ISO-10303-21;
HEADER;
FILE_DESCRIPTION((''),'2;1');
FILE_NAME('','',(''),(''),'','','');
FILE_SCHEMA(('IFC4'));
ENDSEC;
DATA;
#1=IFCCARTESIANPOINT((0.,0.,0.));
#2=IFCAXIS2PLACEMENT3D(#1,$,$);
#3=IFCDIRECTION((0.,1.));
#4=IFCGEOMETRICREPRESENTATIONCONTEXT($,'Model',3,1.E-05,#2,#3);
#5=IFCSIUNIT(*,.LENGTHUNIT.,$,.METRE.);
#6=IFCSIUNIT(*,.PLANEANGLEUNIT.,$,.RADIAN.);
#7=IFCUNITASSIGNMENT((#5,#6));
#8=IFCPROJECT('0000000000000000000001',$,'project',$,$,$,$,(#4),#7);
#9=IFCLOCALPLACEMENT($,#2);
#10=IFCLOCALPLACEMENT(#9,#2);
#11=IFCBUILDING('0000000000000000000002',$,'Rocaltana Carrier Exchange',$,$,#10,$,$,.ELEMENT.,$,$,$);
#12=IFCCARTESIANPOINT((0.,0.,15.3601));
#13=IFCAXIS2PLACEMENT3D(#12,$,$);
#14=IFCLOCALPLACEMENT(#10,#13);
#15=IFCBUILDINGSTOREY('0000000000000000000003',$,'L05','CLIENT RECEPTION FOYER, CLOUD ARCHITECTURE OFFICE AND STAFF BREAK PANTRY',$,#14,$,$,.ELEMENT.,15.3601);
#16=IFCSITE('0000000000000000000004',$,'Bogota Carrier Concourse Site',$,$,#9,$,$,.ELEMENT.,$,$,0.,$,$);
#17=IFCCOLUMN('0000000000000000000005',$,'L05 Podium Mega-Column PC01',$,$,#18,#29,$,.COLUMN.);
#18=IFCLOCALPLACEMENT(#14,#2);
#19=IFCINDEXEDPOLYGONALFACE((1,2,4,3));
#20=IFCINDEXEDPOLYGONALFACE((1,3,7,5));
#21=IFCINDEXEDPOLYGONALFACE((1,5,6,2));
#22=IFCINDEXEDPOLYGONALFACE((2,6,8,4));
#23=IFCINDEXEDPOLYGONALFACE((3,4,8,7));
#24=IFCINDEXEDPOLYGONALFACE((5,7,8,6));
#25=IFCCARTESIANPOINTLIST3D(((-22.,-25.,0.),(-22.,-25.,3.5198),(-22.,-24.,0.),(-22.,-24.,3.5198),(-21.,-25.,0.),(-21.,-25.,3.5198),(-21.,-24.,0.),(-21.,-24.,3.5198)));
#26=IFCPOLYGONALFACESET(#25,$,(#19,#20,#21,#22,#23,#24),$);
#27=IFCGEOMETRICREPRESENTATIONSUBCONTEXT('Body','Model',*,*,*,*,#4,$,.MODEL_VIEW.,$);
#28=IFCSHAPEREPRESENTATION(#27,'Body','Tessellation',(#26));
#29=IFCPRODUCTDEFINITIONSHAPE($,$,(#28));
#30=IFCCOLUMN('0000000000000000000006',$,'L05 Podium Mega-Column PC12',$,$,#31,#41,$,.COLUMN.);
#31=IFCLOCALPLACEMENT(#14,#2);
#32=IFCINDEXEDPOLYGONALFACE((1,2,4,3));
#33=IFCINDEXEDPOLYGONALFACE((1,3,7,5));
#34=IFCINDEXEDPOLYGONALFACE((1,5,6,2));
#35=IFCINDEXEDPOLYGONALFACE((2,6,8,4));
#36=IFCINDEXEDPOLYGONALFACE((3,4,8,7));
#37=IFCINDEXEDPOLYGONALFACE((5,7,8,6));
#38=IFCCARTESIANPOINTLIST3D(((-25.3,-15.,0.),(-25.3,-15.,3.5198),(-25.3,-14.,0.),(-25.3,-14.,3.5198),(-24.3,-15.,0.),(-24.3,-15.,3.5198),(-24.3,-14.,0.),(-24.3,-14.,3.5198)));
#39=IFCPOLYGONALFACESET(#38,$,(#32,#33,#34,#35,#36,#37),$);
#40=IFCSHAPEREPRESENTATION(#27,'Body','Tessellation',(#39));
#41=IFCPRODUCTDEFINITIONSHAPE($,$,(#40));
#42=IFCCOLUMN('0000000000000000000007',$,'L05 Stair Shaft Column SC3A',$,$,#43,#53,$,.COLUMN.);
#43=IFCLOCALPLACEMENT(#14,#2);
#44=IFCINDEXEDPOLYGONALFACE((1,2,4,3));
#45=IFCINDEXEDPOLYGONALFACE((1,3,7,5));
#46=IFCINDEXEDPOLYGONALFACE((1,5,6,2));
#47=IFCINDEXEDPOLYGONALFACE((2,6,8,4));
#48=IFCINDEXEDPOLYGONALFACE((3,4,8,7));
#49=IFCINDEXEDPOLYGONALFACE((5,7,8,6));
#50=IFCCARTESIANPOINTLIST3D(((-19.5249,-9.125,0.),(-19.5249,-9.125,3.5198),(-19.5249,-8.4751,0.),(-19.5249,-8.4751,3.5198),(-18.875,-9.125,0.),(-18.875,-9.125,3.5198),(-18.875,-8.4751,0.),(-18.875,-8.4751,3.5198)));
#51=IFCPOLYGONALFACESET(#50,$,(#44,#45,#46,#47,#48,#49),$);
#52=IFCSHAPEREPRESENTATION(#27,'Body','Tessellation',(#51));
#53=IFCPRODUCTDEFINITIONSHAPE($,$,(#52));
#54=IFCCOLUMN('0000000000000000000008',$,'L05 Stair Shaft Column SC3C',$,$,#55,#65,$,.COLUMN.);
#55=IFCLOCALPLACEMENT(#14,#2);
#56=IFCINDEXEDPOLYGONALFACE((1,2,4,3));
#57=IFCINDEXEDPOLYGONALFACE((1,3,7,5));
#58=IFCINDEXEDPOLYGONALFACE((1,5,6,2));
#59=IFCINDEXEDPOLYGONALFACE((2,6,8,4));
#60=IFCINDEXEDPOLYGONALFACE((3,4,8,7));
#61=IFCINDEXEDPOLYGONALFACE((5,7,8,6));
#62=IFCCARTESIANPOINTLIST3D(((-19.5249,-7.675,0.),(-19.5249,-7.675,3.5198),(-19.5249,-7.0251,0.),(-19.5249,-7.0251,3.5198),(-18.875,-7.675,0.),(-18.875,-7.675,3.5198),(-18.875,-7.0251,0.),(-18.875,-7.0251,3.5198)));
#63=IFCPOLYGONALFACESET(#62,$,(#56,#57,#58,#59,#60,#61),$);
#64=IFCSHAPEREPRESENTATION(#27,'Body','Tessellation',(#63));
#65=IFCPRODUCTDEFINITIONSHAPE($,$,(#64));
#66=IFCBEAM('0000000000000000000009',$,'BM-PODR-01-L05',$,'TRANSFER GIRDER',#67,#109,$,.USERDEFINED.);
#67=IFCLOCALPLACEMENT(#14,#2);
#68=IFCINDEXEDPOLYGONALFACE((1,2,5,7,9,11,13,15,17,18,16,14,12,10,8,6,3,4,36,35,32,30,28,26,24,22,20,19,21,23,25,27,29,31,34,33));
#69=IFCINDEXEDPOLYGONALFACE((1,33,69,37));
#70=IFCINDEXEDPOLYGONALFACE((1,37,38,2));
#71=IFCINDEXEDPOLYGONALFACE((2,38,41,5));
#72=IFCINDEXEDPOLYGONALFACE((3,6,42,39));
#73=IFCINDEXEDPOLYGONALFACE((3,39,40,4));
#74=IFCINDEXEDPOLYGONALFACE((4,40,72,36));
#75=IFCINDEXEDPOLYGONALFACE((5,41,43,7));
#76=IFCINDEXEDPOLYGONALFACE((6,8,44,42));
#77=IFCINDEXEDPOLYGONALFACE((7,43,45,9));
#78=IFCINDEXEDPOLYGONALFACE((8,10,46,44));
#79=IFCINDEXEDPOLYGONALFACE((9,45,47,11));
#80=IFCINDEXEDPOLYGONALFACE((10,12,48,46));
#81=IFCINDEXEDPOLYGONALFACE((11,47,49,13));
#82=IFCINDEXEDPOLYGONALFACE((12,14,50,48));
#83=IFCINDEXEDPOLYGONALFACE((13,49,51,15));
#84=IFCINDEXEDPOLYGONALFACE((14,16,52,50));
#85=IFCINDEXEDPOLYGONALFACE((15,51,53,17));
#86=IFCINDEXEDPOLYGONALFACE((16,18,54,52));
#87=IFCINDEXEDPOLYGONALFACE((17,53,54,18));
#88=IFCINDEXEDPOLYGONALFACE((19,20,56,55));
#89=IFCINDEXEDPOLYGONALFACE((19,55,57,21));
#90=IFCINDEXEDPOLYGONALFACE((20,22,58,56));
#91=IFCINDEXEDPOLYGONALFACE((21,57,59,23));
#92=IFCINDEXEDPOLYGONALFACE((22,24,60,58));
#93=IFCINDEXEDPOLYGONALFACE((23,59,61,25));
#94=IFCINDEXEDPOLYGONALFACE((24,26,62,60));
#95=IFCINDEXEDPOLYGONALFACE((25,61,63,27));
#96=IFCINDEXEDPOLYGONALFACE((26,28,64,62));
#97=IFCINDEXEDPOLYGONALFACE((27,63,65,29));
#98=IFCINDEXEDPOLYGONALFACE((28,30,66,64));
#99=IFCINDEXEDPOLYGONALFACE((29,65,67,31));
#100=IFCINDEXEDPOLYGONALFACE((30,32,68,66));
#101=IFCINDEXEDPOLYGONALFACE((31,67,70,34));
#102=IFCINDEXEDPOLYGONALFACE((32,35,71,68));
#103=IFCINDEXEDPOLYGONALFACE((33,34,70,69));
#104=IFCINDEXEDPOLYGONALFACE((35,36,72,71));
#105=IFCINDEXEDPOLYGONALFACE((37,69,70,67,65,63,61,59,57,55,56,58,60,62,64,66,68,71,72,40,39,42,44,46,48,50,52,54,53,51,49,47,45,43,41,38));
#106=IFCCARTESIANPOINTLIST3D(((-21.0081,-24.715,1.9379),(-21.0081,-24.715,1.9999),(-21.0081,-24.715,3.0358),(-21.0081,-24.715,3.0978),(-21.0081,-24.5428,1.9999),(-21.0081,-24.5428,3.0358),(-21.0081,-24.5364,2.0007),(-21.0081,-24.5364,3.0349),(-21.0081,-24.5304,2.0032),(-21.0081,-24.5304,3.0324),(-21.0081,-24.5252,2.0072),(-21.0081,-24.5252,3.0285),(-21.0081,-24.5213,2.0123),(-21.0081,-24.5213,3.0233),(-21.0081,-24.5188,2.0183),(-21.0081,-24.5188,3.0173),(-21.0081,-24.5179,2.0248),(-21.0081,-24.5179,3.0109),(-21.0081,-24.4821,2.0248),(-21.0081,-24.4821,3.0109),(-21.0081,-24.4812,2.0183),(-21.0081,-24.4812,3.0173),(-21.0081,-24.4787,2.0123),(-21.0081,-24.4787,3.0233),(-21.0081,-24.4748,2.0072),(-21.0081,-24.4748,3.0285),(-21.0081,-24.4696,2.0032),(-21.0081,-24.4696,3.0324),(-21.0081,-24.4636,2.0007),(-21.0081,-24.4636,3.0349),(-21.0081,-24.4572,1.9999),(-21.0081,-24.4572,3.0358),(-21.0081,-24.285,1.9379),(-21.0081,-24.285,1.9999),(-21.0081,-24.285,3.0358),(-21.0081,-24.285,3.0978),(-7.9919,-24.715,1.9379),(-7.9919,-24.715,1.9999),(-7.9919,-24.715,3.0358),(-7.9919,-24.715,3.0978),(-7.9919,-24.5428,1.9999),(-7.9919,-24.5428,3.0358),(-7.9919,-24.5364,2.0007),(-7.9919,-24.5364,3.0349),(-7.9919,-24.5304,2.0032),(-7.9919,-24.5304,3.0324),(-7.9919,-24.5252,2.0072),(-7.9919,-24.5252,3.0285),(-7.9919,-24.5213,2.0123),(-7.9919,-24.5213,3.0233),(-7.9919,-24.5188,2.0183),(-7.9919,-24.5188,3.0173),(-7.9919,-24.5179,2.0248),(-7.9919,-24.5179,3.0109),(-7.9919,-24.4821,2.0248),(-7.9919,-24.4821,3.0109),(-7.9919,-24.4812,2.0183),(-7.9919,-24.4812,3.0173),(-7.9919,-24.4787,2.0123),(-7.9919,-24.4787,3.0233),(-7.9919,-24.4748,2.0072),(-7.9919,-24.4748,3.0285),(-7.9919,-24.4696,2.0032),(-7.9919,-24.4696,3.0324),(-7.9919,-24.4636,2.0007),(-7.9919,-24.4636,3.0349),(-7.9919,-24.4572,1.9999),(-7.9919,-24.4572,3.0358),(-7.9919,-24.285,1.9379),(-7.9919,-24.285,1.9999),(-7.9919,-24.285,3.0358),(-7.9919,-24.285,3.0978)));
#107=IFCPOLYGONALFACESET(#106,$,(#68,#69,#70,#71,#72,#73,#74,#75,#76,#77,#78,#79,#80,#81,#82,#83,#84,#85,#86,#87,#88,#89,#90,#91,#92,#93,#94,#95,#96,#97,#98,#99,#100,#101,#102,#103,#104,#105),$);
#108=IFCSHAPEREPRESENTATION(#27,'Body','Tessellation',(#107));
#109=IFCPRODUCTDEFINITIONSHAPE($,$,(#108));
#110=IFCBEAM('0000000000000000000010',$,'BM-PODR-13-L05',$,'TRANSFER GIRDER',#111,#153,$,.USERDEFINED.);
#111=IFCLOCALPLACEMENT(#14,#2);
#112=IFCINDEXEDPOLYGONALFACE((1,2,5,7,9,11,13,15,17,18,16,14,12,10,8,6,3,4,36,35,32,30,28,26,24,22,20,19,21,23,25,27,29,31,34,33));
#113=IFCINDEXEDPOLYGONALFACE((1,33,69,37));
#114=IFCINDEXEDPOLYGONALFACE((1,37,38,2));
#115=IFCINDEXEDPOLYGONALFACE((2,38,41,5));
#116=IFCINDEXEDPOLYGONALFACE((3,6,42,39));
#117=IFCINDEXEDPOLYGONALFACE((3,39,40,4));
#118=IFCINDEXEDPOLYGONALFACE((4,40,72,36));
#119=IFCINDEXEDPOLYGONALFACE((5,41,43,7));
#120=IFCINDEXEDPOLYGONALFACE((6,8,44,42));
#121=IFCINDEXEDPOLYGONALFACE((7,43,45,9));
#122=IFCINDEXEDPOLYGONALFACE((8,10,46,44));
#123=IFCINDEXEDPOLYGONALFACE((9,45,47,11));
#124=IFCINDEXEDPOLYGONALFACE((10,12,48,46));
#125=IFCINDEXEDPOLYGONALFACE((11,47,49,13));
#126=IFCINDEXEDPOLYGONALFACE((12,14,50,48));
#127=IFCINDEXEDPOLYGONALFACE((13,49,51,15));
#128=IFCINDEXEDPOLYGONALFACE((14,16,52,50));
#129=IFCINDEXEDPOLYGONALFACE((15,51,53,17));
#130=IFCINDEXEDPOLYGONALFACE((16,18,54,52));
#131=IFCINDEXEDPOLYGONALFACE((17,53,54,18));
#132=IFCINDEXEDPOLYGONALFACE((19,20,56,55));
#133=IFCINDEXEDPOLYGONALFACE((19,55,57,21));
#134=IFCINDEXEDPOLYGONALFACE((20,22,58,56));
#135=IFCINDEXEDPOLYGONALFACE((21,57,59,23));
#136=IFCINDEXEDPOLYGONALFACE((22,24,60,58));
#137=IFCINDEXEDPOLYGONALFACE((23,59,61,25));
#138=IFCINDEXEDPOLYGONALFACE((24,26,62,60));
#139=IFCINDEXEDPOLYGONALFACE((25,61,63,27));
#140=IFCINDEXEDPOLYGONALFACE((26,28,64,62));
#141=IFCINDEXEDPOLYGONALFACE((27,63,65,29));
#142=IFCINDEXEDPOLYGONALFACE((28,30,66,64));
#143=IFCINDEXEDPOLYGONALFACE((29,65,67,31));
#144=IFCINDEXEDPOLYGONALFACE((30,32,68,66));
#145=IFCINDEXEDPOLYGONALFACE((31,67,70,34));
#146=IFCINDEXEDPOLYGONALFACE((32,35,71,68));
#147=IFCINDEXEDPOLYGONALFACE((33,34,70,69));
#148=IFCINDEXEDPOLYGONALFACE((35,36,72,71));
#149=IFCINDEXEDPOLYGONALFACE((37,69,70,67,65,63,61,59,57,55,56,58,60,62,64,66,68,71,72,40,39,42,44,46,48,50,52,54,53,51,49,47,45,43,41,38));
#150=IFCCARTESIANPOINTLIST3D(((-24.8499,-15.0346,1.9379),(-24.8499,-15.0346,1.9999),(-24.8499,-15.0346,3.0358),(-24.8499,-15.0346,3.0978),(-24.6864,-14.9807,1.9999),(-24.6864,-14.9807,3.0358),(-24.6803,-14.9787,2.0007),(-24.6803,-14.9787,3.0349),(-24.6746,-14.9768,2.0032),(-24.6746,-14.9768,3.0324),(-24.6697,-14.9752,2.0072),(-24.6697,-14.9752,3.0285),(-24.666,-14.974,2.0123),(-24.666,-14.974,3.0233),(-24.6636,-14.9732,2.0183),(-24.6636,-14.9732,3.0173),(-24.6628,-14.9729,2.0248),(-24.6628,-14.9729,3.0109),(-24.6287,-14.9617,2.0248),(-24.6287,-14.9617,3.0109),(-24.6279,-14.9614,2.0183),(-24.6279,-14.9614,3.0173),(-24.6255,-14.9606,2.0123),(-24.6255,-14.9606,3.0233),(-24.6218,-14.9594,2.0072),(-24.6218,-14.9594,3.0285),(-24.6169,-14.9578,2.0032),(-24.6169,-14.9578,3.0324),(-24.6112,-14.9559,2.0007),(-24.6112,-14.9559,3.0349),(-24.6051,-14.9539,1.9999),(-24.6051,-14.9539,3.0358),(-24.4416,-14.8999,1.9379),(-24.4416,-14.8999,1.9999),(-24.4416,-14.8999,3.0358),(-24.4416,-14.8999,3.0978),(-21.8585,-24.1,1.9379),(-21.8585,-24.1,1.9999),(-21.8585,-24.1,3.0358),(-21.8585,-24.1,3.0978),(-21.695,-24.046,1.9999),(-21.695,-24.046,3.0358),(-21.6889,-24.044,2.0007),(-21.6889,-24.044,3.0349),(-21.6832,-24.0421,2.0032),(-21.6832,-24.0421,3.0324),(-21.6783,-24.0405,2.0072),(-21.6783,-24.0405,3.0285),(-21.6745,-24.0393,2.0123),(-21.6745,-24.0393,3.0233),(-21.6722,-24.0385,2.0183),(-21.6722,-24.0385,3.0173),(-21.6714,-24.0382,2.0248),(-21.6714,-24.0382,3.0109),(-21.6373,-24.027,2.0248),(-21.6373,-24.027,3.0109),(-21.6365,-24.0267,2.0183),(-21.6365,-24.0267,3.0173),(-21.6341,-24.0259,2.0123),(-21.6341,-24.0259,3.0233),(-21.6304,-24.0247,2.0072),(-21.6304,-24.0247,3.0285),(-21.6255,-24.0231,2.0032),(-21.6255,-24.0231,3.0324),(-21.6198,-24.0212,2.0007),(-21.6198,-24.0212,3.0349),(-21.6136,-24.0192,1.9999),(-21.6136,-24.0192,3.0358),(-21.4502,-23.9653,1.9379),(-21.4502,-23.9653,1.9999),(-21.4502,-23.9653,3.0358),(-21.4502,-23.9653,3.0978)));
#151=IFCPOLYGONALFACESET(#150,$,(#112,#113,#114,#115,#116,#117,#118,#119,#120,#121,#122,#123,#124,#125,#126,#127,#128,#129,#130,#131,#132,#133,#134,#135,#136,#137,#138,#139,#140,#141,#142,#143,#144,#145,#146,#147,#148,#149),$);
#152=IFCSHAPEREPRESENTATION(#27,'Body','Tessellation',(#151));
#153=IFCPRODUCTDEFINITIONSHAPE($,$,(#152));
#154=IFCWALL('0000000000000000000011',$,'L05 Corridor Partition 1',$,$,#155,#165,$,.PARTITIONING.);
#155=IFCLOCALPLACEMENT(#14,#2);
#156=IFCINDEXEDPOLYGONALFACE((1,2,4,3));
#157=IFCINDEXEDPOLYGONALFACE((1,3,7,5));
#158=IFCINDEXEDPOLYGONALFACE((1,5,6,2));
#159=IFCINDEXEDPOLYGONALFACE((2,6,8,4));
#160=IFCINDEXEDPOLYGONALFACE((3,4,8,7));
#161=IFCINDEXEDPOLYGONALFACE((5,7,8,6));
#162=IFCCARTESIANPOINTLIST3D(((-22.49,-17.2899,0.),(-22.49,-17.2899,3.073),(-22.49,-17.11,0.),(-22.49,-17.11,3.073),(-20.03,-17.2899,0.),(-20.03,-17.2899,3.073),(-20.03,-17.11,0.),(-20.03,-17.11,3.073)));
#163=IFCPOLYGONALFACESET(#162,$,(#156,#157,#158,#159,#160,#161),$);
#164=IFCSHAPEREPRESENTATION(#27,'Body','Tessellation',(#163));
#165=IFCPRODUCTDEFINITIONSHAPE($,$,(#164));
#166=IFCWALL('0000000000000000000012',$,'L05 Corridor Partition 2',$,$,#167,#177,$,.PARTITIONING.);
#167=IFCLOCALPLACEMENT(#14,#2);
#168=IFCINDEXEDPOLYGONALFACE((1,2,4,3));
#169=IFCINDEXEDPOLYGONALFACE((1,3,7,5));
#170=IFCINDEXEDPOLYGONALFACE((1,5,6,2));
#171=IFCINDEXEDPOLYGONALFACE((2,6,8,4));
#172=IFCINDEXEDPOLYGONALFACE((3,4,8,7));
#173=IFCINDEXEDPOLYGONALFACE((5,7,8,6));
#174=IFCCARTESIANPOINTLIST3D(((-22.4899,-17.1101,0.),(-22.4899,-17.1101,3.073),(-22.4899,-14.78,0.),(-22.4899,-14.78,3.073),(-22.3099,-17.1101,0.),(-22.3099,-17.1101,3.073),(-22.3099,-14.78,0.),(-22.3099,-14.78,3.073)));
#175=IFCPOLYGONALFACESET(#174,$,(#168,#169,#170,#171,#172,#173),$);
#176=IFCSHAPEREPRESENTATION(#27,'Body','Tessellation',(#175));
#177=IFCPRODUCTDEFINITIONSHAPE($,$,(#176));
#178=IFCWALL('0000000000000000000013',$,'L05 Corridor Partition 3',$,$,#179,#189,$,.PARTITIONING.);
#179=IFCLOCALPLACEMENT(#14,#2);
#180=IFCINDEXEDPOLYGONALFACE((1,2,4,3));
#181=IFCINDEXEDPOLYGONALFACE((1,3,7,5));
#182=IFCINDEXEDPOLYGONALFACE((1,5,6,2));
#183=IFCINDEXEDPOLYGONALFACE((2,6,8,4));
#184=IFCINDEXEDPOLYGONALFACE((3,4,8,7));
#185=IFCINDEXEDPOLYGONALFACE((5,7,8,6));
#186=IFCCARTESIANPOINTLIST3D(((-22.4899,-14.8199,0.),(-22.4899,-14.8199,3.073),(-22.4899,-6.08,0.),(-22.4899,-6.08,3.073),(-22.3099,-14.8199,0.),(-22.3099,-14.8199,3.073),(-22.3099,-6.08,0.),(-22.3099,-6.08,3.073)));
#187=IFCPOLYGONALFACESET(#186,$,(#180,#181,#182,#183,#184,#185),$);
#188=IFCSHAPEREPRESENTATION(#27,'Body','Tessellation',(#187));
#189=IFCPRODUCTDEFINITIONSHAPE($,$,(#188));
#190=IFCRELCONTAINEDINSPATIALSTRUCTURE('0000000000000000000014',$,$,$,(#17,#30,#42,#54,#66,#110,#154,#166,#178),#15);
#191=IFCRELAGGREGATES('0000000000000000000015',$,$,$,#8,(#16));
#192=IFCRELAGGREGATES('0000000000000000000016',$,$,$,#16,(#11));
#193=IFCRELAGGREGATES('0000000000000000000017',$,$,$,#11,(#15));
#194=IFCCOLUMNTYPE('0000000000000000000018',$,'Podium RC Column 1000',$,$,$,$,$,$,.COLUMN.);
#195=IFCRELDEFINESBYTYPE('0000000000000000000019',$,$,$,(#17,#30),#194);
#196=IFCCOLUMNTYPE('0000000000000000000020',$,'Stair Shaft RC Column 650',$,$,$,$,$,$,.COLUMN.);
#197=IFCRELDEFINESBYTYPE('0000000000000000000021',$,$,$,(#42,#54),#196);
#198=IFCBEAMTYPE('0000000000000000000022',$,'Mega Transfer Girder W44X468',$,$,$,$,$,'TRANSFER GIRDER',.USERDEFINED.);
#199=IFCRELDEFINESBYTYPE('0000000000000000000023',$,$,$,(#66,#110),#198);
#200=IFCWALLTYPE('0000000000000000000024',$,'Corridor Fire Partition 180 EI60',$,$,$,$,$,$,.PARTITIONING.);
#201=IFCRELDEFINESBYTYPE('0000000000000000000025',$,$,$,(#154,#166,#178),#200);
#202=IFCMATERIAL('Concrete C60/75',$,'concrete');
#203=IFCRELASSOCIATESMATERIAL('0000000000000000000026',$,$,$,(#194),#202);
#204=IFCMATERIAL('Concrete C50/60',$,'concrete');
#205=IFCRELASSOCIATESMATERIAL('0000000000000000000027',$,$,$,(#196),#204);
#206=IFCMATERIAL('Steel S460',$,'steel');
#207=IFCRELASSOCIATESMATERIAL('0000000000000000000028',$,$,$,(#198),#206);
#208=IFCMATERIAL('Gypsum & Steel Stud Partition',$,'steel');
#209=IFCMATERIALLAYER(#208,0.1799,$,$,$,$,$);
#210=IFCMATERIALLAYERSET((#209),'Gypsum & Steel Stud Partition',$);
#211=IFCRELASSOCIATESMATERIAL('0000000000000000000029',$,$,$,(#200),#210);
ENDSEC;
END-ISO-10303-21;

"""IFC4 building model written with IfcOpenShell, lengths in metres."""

from ifc_helpers import new_model, si_unit, direction, frame, frame_2d, origin, origin_2d, place, context, subcontext, project, spatial, rectangle, i_section, extrude, material, layer, layer_set, material_profile, profile_set, type_object, element, save


model = new_model("IFC4")

# Units and contexts
model_context = context("Model", 3, precision=1e-05, world=origin(), true_north=direction((0.0, 1.0)))
body_context = subcontext(model_context, "Body", "Model", "MODEL_VIEW")
ifc_project = project(units=[si_unit("LENGTHUNIT", "METRE"), si_unit("PLANEANGLEUNIT", "RADIAN")], contexts=[model_context])

# Site, building, storey
site_placement = place(None, origin())
site = spatial("IfcSite", under=ifc_project, at=site_placement, Name="Bogota Carrier Concourse Site", CompositionType="ELEMENT", RefElevation=0.0)
building_placement = place(site_placement, origin())
building = spatial("IfcBuilding", under=site, at=building_placement, Name="Rocaltana Carrier Exchange", CompositionType="ELEMENT")
storey_placement = place(building_placement, frame((0.0, 0.0, 15.3601)))
storey = spatial("IfcBuildingStorey", under=building, at=storey_placement, Name="L05", Description="CLIENT RECEPTION FOYER, CLOUD ARCHITECTURE OFFICE AND STAFF BREAK PANTRY", CompositionType="ELEMENT", Elevation=15.3601)

# Columns
ifc_material_1 = material(Name="Concrete C60/75", Category="concrete")
ifc_material_profile_1 = material_profile(ifc_material_1, rectangle(XDim=1.0, YDim=1.0, at=origin_2d()), Name="RC-COL-1000X1000")
ifc_profile_set_1 = profile_set([ifc_material_profile_1], Name="Concrete C60/75")
column_type_1 = type_object("IfcColumnType", Name="Podium RC Column 1000", PredefinedType="COLUMN", material=ifc_profile_set_1)
for number, where, z_axis, x_axis, name in (
    (1, (-21.5, -24.5, 0.0), (0.0, 0.0, 1.0), (1.0, 0.0, 0.0), "L05 Podium Mega-Column PC01"),
    (2, (-24.8, -14.5, 0.0), (0.0, 0.0, 1.0), (1.0, 0.0, 0.0), "L05 Podium Mega-Column PC12"),
):
    element("IfcColumn", number, at=place(storey_placement, frame(where, z_axis=z_axis, x_axis=x_axis)), inside=storey, type_object=column_type_1, Name=name, PredefinedType="COLUMN", context=body_context, shape_type="SweptSolid", body=[
        extrude(rectangle(XDim=1.0, YDim=1.0, at=origin_2d()), origin(), (0.0, 0.0, 1.0), 3.5198),
    ])
ifc_material_2 = material(Name="Concrete C50/60", Category="concrete")
ifc_material_profile_2 = material_profile(ifc_material_2, rectangle(XDim=0.6499, YDim=0.6499, at=origin_2d()), Name="RC-COL-650X650")
ifc_profile_set_2 = profile_set([ifc_material_profile_2], Name="Concrete C50/60")
column_type_2 = type_object("IfcColumnType", Name="Stair Shaft RC Column 650", PredefinedType="COLUMN", material=ifc_profile_set_2)
for number, where, z_axis, x_axis, name in (
    (3, (-19.2, -8.8, 0.0), (0.0, 0.0, 1.0), (1.0, 0.0, 0.0), "L05 Stair Shaft Column SC3A"),
    (4, (-19.2, -7.3501, 0.0), (0.0, 0.0, 1.0), (1.0, 0.0, 0.0), "L05 Stair Shaft Column SC3C"),
):
    element("IfcColumn", number, at=place(storey_placement, frame(where, z_axis=z_axis, x_axis=x_axis)), inside=storey, type_object=column_type_2, Name=name, PredefinedType="COLUMN", context=body_context, shape_type="SweptSolid", body=[
        extrude(rectangle(XDim=0.6499, YDim=0.6499, at=origin_2d()), origin(), (0.0, 0.0, 1.0), 3.5198),
    ])

# Beams
ifc_material_3 = material(Name="Steel S460", Category="steel")
ifc_material_profile_3 = material_profile(ifc_material_3, i_section(OverallWidth=0.4299, OverallDepth=1.1599, WebThickness=0.0359, FlangeThickness=0.062, FilletRadius=0.0249, at=origin_2d()), Name="W44X468")
ifc_profile_set_3 = profile_set([ifc_material_profile_3], Name="Steel S460")
beam_type = type_object("IfcBeamType", Name="Mega Transfer Girder W44X468", ElementType="TRANSFER GIRDER", PredefinedType="USERDEFINED", material=ifc_profile_set_3)
beam_1_placement = place(storey_placement, frame((-21.0081, -24.5, 2.5178), z_axis=(1.0, 0.0, 0.0), x_axis=(0.0, 1.0, 0.0)))
element("IfcBeam", 5, at=beam_1_placement, inside=storey, type_object=beam_type, Name="BM-PODR-01-L05", ObjectType="TRANSFER GIRDER", PredefinedType="USERDEFINED", context=body_context, shape_type="SweptSolid", body=[
    extrude(i_section(OverallWidth=0.4299, OverallDepth=1.1599, WebThickness=0.0359, FlangeThickness=0.062, FilletRadius=0.0249, at=origin_2d()), origin(), (0.0, 0.0, 1.0), 13.0161),
])
beam_2_placement = place(storey_placement, frame((-24.6458, -14.9673, 2.5178), z_axis=(0.313365, -0.949633, 0.0), x_axis=(0.949633, 0.313365, 0.0)))
element("IfcBeam", 6, at=beam_2_placement, inside=storey, type_object=beam_type, Name="BM-PODR-13-L05", ObjectType="TRANSFER GIRDER", PredefinedType="USERDEFINED", context=body_context, shape_type="SweptSolid", body=[
    extrude(i_section(OverallWidth=0.4299, OverallDepth=1.1599, WebThickness=0.0359, FlangeThickness=0.062, FilletRadius=0.0249, at=origin_2d()), origin(), (0.0, 0.0, 1.0), 9.5461),
])

# Walls
ifc_material_4 = material(Name="Gypsum & Steel Stud Partition", Category="steel")
ifc_layer_1 = layer(ifc_material_4, 0.1799)
ifc_layer_set_1 = layer_set([ifc_layer_1], Name="Gypsum & Steel Stud Partition")
wall_type_1 = type_object("IfcWallType", Name="Corridor Fire Partition 180 EI60", PredefinedType="PARTITIONING", material=ifc_layer_set_1)
wall_1_placement = place(storey_placement, frame((-20.03, -17.2, 0.0), z_axis=(0.0, 0.0, 1.0), x_axis=(-1.0, 0.0, 0.0)))
element("IfcWall", 7, at=wall_1_placement, inside=storey, type_object=wall_type_1, Name="L05 Corridor Partition 1", PredefinedType="PARTITIONING", context=body_context, shape_type="SweptSolid", body=[
    extrude(rectangle(XDim=2.46, YDim=0.1799, at=frame_2d((1.23, 0.0))), origin(), (0.0, 0.0, 1.0), 3.073),
])
wall_2_placement = place(storey_placement, frame((-22.3999, -17.1101, 0.0), z_axis=(0.0, 0.0, 1.0), x_axis=(0.0, 1.0, 0.0)))
element("IfcWall", 8, at=wall_2_placement, inside=storey, type_object=wall_type_1, Name="L05 Corridor Partition 2", PredefinedType="PARTITIONING", context=body_context, shape_type="SweptSolid", body=[
    extrude(rectangle(XDim=2.3301, YDim=0.1799, at=frame_2d((1.165, 0.0))), origin(), (0.0, 0.0, 1.0), 3.073),
])
wall_3_placement = place(storey_placement, frame((-22.3999, -14.8201, 0.0), z_axis=(0.0, 0.0, 1.0), x_axis=(0.0, 1.0, 0.0)))
element("IfcWall", 9, at=wall_3_placement, inside=storey, type_object=wall_type_1, Name="L05 Corridor Partition 3", PredefinedType="PARTITIONING", context=body_context, shape_type="SweptSolid", body=[
    extrude(rectangle(XDim=8.74, YDim=0.1799, at=frame_2d((4.3701, 0.0))), origin(), (0.0, 0.0, 1.0), 3.073),
])

save(model, "model.ifc")
